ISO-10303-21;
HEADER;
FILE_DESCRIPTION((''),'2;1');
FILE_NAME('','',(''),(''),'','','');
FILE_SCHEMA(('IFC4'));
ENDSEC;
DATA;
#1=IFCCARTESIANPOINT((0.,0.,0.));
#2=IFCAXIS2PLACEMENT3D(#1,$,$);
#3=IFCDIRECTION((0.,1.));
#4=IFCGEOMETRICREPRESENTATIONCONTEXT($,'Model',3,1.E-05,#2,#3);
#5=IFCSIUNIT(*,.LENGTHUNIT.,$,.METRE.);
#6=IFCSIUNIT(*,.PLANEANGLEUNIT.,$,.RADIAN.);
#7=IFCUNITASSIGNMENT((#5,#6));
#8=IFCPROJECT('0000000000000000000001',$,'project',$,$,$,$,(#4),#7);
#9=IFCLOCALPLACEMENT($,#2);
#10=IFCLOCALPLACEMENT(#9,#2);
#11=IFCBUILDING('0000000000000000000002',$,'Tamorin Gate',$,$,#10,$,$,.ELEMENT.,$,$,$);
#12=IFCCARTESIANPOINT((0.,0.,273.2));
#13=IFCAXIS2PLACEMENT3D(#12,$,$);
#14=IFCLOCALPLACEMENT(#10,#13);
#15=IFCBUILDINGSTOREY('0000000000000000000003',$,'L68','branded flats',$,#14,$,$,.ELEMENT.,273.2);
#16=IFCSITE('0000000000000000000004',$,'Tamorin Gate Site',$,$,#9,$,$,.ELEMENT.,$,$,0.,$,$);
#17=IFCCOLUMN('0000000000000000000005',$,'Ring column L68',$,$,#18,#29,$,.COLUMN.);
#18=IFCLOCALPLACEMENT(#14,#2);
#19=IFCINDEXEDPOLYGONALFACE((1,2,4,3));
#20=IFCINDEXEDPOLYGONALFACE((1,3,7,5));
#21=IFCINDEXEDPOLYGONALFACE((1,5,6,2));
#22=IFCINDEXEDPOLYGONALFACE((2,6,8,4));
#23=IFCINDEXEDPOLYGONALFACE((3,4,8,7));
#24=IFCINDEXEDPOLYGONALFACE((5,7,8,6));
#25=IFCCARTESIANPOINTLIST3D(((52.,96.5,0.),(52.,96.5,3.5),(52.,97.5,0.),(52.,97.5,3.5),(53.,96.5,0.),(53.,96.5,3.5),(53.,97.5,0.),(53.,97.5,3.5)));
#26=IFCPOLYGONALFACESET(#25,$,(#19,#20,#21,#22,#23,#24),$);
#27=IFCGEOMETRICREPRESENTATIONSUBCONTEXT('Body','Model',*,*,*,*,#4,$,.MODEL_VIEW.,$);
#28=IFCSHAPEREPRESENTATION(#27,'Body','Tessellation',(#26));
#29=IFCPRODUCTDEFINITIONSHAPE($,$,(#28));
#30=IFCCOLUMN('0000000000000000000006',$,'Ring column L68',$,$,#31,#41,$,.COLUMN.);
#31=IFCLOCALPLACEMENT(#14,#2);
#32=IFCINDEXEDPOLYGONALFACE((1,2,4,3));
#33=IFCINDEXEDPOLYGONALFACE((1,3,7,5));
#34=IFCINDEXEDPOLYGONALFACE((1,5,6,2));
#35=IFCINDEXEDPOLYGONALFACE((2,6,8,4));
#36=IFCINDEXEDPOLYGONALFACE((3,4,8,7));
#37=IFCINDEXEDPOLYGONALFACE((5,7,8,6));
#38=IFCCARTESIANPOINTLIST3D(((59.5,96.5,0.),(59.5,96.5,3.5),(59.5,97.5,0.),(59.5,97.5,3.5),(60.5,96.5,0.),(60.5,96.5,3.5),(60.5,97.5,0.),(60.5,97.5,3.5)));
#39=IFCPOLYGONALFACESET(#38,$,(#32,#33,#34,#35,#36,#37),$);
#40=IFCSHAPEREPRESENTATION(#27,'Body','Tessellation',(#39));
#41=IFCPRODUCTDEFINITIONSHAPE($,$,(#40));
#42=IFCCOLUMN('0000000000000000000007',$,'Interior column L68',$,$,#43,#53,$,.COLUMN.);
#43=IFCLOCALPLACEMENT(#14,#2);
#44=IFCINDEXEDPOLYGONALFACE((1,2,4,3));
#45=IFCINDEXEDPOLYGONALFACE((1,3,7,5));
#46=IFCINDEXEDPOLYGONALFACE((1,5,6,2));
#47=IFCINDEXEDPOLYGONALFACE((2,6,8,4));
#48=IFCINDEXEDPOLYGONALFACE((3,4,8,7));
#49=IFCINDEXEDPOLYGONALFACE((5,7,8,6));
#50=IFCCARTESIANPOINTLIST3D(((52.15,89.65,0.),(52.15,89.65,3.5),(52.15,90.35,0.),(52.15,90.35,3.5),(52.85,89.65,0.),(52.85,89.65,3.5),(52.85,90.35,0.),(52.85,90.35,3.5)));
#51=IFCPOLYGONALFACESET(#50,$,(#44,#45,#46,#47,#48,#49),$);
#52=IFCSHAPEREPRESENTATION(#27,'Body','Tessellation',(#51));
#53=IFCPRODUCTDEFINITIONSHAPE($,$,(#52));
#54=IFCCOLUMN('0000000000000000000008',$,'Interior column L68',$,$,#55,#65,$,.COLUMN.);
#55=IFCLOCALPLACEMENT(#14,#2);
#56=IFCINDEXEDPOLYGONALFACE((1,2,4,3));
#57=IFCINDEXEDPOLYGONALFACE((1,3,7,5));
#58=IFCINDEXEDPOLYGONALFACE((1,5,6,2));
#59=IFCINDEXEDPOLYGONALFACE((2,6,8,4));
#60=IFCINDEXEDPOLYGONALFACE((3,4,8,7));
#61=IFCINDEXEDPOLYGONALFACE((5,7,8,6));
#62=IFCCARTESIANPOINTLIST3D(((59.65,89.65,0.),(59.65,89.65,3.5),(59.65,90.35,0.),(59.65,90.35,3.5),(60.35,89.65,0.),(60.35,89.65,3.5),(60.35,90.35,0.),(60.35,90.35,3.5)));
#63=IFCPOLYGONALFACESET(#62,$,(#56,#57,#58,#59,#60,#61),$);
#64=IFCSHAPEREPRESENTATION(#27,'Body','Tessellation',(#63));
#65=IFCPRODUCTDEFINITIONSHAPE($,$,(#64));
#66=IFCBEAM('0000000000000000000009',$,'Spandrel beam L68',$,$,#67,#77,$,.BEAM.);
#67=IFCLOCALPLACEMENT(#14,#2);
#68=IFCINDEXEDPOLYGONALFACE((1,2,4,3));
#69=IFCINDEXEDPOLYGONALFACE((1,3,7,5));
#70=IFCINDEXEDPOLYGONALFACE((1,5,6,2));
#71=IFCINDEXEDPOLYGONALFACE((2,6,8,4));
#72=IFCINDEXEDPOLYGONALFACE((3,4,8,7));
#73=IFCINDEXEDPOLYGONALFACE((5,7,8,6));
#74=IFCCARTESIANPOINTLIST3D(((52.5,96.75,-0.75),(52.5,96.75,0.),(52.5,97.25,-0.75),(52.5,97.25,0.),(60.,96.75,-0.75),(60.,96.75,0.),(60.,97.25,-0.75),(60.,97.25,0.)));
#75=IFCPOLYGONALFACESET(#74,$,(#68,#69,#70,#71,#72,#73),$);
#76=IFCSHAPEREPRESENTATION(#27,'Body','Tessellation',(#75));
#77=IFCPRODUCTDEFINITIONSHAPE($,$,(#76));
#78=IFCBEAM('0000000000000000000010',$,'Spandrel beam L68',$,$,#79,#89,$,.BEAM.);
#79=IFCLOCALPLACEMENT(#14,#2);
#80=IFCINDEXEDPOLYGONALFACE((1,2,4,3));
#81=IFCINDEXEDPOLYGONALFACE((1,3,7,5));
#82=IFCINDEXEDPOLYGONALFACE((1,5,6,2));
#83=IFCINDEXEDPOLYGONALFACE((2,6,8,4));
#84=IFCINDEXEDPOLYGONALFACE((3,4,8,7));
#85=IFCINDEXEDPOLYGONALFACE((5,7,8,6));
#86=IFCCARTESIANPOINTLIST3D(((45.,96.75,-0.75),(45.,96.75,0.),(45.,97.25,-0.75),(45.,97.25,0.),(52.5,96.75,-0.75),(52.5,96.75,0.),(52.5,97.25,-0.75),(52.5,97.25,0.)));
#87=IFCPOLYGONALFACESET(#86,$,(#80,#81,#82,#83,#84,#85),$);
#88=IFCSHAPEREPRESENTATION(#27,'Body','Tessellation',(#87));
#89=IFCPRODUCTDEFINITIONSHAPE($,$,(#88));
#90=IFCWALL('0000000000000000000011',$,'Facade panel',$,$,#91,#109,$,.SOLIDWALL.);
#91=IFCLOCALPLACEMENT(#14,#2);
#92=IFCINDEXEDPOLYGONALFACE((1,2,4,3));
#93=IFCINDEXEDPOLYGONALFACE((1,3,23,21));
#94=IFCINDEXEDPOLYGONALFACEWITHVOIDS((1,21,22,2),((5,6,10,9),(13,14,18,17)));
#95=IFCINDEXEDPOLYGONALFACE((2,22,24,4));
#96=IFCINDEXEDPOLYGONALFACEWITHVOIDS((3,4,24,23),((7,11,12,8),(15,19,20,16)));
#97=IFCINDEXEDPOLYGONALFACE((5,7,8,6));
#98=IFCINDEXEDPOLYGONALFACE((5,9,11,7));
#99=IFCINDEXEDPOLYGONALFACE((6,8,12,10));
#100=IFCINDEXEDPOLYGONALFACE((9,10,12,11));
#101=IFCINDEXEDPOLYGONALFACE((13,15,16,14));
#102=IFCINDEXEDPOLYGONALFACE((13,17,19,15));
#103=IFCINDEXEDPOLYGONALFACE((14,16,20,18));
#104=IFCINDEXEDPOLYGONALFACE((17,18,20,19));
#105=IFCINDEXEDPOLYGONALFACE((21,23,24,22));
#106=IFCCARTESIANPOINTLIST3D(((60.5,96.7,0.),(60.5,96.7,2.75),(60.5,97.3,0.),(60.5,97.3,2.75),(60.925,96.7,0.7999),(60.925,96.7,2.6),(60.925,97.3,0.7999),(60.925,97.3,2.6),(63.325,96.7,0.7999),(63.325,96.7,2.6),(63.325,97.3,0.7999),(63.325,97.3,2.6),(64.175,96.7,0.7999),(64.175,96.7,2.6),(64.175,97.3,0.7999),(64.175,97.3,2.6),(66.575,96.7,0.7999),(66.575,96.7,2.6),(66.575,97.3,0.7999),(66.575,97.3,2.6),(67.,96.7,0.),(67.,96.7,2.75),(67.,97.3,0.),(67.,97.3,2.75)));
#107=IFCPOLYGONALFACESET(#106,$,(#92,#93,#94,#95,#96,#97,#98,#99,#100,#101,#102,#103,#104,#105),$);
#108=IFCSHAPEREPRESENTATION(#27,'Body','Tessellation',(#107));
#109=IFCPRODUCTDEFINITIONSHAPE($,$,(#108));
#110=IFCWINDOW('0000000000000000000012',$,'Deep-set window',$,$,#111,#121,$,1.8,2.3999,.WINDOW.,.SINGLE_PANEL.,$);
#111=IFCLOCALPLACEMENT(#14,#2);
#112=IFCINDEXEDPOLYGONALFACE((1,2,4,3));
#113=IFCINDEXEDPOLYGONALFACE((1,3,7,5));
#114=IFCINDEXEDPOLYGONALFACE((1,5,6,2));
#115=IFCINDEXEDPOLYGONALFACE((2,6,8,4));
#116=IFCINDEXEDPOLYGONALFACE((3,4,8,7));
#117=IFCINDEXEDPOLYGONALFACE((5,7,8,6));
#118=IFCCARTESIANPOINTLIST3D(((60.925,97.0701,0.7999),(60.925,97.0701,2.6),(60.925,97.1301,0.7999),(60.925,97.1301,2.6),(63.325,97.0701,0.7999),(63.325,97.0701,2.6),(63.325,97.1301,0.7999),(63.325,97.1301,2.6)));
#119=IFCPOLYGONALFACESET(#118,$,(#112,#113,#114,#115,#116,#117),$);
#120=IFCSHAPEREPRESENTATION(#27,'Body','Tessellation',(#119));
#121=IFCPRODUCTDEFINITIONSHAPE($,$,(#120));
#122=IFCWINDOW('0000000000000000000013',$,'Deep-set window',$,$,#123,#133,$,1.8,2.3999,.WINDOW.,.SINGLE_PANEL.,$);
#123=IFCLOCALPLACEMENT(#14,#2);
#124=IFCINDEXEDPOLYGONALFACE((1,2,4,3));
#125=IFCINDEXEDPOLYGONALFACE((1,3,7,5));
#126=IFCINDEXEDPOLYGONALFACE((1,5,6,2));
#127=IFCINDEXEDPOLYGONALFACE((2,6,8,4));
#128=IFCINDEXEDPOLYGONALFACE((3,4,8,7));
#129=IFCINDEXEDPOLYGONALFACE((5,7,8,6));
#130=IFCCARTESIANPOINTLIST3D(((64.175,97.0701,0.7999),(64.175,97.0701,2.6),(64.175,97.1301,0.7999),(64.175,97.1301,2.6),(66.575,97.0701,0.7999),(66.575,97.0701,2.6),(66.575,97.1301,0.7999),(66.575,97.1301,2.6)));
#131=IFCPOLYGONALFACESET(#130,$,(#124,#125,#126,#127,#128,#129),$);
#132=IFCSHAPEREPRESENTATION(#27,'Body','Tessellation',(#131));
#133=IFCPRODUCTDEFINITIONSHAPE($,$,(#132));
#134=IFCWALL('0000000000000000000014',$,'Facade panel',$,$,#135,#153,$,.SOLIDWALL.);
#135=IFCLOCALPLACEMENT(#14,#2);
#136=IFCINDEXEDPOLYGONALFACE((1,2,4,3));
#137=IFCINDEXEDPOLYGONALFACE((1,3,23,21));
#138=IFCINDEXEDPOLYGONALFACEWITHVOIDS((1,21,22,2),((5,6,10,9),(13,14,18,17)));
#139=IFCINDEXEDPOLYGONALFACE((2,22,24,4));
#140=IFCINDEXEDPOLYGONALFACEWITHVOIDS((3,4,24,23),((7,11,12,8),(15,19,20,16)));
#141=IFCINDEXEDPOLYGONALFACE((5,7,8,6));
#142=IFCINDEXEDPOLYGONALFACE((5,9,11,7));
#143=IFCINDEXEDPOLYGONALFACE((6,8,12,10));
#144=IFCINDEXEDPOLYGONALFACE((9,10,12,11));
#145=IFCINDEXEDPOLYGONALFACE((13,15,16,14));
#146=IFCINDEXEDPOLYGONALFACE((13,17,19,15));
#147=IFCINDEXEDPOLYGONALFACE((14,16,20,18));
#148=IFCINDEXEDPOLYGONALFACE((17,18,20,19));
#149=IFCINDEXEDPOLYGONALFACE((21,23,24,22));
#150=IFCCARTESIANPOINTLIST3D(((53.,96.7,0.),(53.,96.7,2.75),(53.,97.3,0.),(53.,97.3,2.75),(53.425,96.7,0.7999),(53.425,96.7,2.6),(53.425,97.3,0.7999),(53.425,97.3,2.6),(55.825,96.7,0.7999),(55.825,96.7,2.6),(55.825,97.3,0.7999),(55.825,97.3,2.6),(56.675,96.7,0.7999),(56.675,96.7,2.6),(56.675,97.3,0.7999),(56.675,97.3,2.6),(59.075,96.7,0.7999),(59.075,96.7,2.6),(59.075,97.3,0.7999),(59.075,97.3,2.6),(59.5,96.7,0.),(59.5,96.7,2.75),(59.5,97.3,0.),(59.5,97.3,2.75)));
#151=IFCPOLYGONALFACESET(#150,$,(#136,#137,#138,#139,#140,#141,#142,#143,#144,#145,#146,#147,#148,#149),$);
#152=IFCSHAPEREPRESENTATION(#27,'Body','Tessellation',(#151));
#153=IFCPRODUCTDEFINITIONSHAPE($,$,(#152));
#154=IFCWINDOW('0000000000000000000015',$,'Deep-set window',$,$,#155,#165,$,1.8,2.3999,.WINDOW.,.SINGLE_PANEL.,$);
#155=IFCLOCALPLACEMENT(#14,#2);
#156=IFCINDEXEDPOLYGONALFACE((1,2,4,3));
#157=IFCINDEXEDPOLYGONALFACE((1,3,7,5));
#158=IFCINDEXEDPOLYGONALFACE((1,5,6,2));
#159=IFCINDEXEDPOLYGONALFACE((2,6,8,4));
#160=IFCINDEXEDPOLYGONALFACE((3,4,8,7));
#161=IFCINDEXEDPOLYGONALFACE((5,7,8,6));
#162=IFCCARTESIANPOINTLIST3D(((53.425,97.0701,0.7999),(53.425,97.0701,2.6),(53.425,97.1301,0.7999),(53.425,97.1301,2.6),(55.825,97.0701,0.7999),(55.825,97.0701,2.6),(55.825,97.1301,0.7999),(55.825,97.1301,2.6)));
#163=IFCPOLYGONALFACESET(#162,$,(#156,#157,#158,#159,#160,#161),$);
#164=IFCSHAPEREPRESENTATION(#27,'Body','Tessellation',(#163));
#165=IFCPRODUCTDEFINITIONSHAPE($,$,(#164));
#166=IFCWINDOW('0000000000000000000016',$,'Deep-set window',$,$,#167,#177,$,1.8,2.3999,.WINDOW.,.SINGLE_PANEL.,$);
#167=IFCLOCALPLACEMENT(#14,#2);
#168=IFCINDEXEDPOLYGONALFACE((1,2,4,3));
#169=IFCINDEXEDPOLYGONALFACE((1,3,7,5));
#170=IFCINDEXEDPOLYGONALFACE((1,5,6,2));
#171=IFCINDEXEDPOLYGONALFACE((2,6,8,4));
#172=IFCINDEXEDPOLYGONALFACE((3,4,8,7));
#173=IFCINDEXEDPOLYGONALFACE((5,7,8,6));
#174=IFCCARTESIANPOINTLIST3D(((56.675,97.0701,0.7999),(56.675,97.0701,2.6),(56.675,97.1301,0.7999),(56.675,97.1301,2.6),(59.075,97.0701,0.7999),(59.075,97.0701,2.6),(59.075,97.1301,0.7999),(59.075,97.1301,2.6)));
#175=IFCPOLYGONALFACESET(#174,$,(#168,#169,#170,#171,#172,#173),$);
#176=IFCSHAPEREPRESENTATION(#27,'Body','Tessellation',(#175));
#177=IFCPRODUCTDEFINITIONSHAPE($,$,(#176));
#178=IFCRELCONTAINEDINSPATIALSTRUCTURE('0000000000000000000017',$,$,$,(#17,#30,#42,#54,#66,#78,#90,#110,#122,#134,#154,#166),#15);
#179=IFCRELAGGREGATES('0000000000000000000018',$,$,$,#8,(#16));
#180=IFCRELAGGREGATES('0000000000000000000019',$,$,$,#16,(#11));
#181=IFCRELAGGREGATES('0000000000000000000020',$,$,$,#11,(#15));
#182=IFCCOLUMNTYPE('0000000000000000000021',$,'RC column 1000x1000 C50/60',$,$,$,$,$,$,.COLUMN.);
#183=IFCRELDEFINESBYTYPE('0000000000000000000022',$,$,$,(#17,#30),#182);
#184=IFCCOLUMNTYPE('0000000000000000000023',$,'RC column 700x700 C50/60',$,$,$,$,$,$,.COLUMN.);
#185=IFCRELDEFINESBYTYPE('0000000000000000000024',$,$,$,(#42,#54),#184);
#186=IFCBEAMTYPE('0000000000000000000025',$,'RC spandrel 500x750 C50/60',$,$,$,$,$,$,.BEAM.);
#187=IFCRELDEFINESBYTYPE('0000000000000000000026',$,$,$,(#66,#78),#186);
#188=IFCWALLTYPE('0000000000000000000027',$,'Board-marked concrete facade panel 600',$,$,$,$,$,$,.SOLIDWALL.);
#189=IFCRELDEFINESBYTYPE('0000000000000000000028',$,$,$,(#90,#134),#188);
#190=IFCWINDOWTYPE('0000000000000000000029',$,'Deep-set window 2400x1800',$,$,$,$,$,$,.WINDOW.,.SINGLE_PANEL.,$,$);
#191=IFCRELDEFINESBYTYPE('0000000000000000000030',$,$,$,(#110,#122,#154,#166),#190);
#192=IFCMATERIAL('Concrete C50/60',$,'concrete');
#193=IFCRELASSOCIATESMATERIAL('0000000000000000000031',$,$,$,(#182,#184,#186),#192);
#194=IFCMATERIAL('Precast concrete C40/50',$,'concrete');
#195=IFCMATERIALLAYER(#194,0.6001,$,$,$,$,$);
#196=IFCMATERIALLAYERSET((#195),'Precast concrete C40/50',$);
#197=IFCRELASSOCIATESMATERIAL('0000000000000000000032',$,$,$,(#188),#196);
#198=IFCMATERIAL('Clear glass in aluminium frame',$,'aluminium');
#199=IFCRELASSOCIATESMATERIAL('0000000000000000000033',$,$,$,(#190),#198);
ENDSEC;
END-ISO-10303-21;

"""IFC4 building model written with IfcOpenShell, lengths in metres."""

from ifc_helpers import new_model, si_unit, direction, frame, frame_2d, origin, origin_2d, place, context, subcontext, project, spatial, rectangle, extrude, material, layer, layer_set, material_profile, profile_set, type_object, element, fill, save


model = new_model("IFC4")

# Units and contexts
model_context = context("Model", 3, precision=1e-05, world=origin(), true_north=direction((0.0, 1.0)))
body_context = subcontext(model_context, "Body", "Model", "MODEL_VIEW")
ifc_project = project(units=[si_unit("LENGTHUNIT", "METRE"), si_unit("PLANEANGLEUNIT", "RADIAN")], contexts=[model_context])

# Site, building, storey
site_placement = place(None, origin())
site = spatial("IfcSite", under=ifc_project, at=site_placement, Name="Tamorin Gate Site", CompositionType="ELEMENT", RefElevation=0.0)
building_placement = place(site_placement, origin())
building = spatial("IfcBuilding", under=site, at=building_placement, Name="Tamorin Gate", CompositionType="ELEMENT")
storey_placement = place(building_placement, frame((0.0, 0.0, 273.2)))
storey = spatial("IfcBuildingStorey", under=building, at=storey_placement, Name="L68", Description="branded flats", CompositionType="ELEMENT", Elevation=273.2)

# Columns
ifc_material_1 = material(Name="Concrete C50/60", Category="concrete")
ifc_material_profile_1 = material_profile(ifc_material_1, rectangle(XDim=1.0, YDim=1.0, at=origin_2d()), Name="RC 1000x1000")
ifc_profile_set_1 = profile_set([ifc_material_profile_1], Name="Concrete C50/60")
column_type_1 = type_object("IfcColumnType", Name="RC column 1000x1000 C50/60", PredefinedType="COLUMN", material=ifc_profile_set_1)
for number, where, z_axis, x_axis, name in (
    (1, (52.5, 97.0, 0.0), (0.0, 0.0, 1.0), (1.0, 0.0, 0.0), "Ring column L68"),
    (2, (60.0, 97.0, 0.0), (0.0, 0.0, 1.0), (1.0, 0.0, 0.0), "Ring column L68"),
):
    element("IfcColumn", number, at=place(storey_placement, frame(where, z_axis=z_axis, x_axis=x_axis)), inside=storey, type_object=column_type_1, Name=name, PredefinedType="COLUMN", context=body_context, shape_type="SweptSolid", body=[
        extrude(rectangle(XDim=1.0, YDim=1.0, at=origin_2d()), origin(), (0.0, 0.0, 1.0), 3.5),
    ])
ifc_material_profile_2 = material_profile(ifc_material_1, rectangle(XDim=0.7, YDim=0.7, at=origin_2d()), Name="RC 700x700")
ifc_profile_set_2 = profile_set([ifc_material_profile_2], Name="Concrete C50/60")
column_type_2 = type_object("IfcColumnType", Name="RC column 700x700 C50/60", PredefinedType="COLUMN", material=ifc_profile_set_2)
for number, where, z_axis, x_axis, name in (
    (3, (52.5, 90.0, 0.0), (0.0, 0.0, 1.0), (1.0, 0.0, 0.0), "Interior column L68"),
    (4, (60.0, 90.0, 0.0), (0.0, 0.0, 1.0), (1.0, 0.0, 0.0), "Interior column L68"),
):
    element("IfcColumn", number, at=place(storey_placement, frame(where, z_axis=z_axis, x_axis=x_axis)), inside=storey, type_object=column_type_2, Name=name, PredefinedType="COLUMN", context=body_context, shape_type="SweptSolid", body=[
        extrude(rectangle(XDim=0.7, YDim=0.7, at=origin_2d()), origin(), (0.0, 0.0, 1.0), 3.5),
    ])

# Beams
ifc_material_profile_3 = material_profile(ifc_material_1, rectangle(XDim=0.5, YDim=0.75, at=origin_2d()), Name="RC 500x750")
ifc_profile_set_3 = profile_set([ifc_material_profile_3], Name="Concrete C50/60")
beam_type = type_object("IfcBeamType", Name="RC spandrel 500x750 C50/60", PredefinedType="BEAM", material=ifc_profile_set_3)
for number, where, z_axis, x_axis, name in (
    (5, (60.0, 97.0, -0.375), (-1.0, 0.0, 0.0), (0.0, -1.0, 0.0), "Spandrel beam L68"),
    (6, (52.5, 97.0, -0.375), (-1.0, 0.0, 0.0), (0.0, -1.0, 0.0), "Spandrel beam L68"),
):
    element("IfcBeam", number, at=place(storey_placement, frame(where, z_axis=z_axis, x_axis=x_axis)), inside=storey, type_object=beam_type, Name=name, PredefinedType="BEAM", context=body_context, shape_type="SweptSolid", body=[
        extrude(rectangle(XDim=0.5, YDim=0.75, at=origin_2d()), origin(), (0.0, 0.0, 1.0), 7.5),
    ])

# Walls, openings, windows
ifc_material_2 = material(Name="Precast concrete C40/50", Category="concrete")
ifc_layer_1 = layer(ifc_material_2, 0.6001)
ifc_layer_set_1 = layer_set([ifc_layer_1], Name="Precast concrete C40/50")
wall_type_1 = type_object("IfcWallType", Name="Board-marked concrete facade panel 600", PredefinedType="SOLIDWALL", material=ifc_layer_set_1)
wall_1_placement = place(storey_placement, frame((67.0, 97.0, 0.0), z_axis=(0.0, 0.0, 1.0), x_axis=(-1.0, 0.0, 0.0)))
wall_1 = element("IfcWall", 7, at=wall_1_placement, inside=storey, type_object=wall_type_1, Name="Facade panel", PredefinedType="SOLIDWALL", context=body_context, shape_type="SweptSolid", body=[
    extrude(rectangle(XDim=6.5, YDim=0.6001, at=frame_2d((3.25, 0.0))), origin(), (0.0, 0.0, 1.0), 2.75),
])
opening_1_placement = place(wall_1_placement, frame((3.675, 0.0, 0.8)))
opening_1 = element("IfcOpeningElement", 8, at=opening_1_placement, cuts=wall_1, PredefinedType="OPENING", context=body_context, shape_type="SweptSolid", body=[
    extrude(rectangle(XDim=2.3999, YDim=1.8, at=frame_2d((1.2, 0.8999))), frame((0.0, 0.3101, 0.0), z_axis=(0.0, -1.0, 0.0), x_axis=(1.0, 0.0, 0.0)), (0.0, 0.0, 1.0), 0.6201),
])
opening_2_placement = place(wall_1_placement, frame((0.425, 0.0, 0.8)))
opening_2 = element("IfcOpeningElement", 9, at=opening_2_placement, cuts=wall_1, PredefinedType="OPENING", context=body_context, shape_type="SweptSolid", body=[
    extrude(rectangle(XDim=2.3999, YDim=1.8, at=frame_2d((1.2, 0.8999))), frame((0.0, 0.3101, 0.0), z_axis=(0.0, -1.0, 0.0), x_axis=(1.0, 0.0, 0.0)), (0.0, 0.0, 1.0), 0.6201),
])
ifc_material_3 = material(Name="Clear glass in aluminium frame", Category="aluminium")
window_type = type_object("IfcWindowType", Name="Deep-set window 2400x1800", PartitioningType="SINGLE_PANEL", PredefinedType="WINDOW", material=ifc_material_3)
window_1_placement = place(opening_1_placement, origin())
window_1 = element("IfcWindow", 10, at=window_1_placement, inside=storey, type_object=window_type, Name="Deep-set window", OverallHeight=1.8, OverallWidth=2.3999, PartitioningType="SINGLE_PANEL", PredefinedType="WINDOW", context=body_context, shape_type="SweptSolid", body=[
    extrude(rectangle(XDim=2.3999, YDim=1.8, at=frame_2d((1.2, 0.8999))), frame((0.0, -0.0701, 0.0), z_axis=(0.0, -1.0, 0.0), x_axis=(1.0, 0.0, 0.0)), (0.0, 0.0, 1.0), 0.0601),
])
fill(opening_1, window_1)
window_2_placement = place(opening_2_placement, origin())
window_2 = element("IfcWindow", 11, at=window_2_placement, inside=storey, type_object=window_type, Name="Deep-set window", OverallHeight=1.8, OverallWidth=2.3999, PartitioningType="SINGLE_PANEL", PredefinedType="WINDOW", context=body_context, shape_type="SweptSolid", body=[
    extrude(rectangle(XDim=2.3999, YDim=1.8, at=frame_2d((1.2, 0.8999))), frame((0.0, -0.0701, 0.0), z_axis=(0.0, -1.0, 0.0), x_axis=(1.0, 0.0, 0.0)), (0.0, 0.0, 1.0), 0.0601),
])
fill(opening_2, window_2)
wall_2_placement = place(storey_placement, frame((59.5, 97.0, 0.0), z_axis=(0.0, 0.0, 1.0), x_axis=(-1.0, 0.0, 0.0)))
wall_2 = element("IfcWall", 12, at=wall_2_placement, inside=storey, type_object=wall_type_1, Name="Facade panel", PredefinedType="SOLIDWALL", context=body_context, shape_type="SweptSolid", body=[
    extrude(rectangle(XDim=6.5, YDim=0.6001, at=frame_2d((3.25, 0.0))), origin(), (0.0, 0.0, 1.0), 2.75),
])
opening_3_placement = place(wall_2_placement, frame((3.675, 0.0, 0.8)))
opening_3 = element("IfcOpeningElement", 13, at=opening_3_placement, cuts=wall_2, PredefinedType="OPENING", context=body_context, shape_type="SweptSolid", body=[
    extrude(rectangle(XDim=2.3999, YDim=1.8, at=frame_2d((1.2, 0.8999))), frame((0.0, 0.3101, 0.0), z_axis=(0.0, -1.0, 0.0), x_axis=(1.0, 0.0, 0.0)), (0.0, 0.0, 1.0), 0.6201),
])
opening_4_placement = place(wall_2_placement, frame((0.425, 0.0, 0.8)))
opening_4 = element("IfcOpeningElement", 14, at=opening_4_placement, cuts=wall_2, PredefinedType="OPENING", context=body_context, shape_type="SweptSolid", body=[
    extrude(rectangle(XDim=2.3999, YDim=1.8, at=frame_2d((1.2, 0.8999))), frame((0.0, 0.3101, 0.0), z_axis=(0.0, -1.0, 0.0), x_axis=(1.0, 0.0, 0.0)), (0.0, 0.0, 1.0), 0.6201),
])
window_3_placement = place(opening_3_placement, origin())
window_3 = element("IfcWindow", 15, at=window_3_placement, inside=storey, type_object=window_type, Name="Deep-set window", OverallHeight=1.8, OverallWidth=2.3999, PartitioningType="SINGLE_PANEL", PredefinedType="WINDOW", context=body_context, shape_type="SweptSolid", body=[
    extrude(rectangle(XDim=2.3999, YDim=1.8, at=frame_2d((1.2, 0.8999))), frame((0.0, -0.0701, 0.0), z_axis=(0.0, -1.0, 0.0), x_axis=(1.0, 0.0, 0.0)), (0.0, 0.0, 1.0), 0.0601),
])
fill(opening_3, window_3)
window_4_placement = place(opening_4_placement, origin())
window_4 = element("IfcWindow", 16, at=window_4_placement, inside=storey, type_object=window_type, Name="Deep-set window", OverallHeight=1.8, OverallWidth=2.3999, PartitioningType="SINGLE_PANEL", PredefinedType="WINDOW", context=body_context, shape_type="SweptSolid", body=[
    extrude(rectangle(XDim=2.3999, YDim=1.8, at=frame_2d((1.2, 0.8999))), frame((0.0, -0.0701, 0.0), z_axis=(0.0, -1.0, 0.0), x_axis=(1.0, 0.0, 0.0)), (0.0, 0.0, 1.0), 0.0601),
])
fill(opening_4, window_4)

save(model, "model.ifc")
